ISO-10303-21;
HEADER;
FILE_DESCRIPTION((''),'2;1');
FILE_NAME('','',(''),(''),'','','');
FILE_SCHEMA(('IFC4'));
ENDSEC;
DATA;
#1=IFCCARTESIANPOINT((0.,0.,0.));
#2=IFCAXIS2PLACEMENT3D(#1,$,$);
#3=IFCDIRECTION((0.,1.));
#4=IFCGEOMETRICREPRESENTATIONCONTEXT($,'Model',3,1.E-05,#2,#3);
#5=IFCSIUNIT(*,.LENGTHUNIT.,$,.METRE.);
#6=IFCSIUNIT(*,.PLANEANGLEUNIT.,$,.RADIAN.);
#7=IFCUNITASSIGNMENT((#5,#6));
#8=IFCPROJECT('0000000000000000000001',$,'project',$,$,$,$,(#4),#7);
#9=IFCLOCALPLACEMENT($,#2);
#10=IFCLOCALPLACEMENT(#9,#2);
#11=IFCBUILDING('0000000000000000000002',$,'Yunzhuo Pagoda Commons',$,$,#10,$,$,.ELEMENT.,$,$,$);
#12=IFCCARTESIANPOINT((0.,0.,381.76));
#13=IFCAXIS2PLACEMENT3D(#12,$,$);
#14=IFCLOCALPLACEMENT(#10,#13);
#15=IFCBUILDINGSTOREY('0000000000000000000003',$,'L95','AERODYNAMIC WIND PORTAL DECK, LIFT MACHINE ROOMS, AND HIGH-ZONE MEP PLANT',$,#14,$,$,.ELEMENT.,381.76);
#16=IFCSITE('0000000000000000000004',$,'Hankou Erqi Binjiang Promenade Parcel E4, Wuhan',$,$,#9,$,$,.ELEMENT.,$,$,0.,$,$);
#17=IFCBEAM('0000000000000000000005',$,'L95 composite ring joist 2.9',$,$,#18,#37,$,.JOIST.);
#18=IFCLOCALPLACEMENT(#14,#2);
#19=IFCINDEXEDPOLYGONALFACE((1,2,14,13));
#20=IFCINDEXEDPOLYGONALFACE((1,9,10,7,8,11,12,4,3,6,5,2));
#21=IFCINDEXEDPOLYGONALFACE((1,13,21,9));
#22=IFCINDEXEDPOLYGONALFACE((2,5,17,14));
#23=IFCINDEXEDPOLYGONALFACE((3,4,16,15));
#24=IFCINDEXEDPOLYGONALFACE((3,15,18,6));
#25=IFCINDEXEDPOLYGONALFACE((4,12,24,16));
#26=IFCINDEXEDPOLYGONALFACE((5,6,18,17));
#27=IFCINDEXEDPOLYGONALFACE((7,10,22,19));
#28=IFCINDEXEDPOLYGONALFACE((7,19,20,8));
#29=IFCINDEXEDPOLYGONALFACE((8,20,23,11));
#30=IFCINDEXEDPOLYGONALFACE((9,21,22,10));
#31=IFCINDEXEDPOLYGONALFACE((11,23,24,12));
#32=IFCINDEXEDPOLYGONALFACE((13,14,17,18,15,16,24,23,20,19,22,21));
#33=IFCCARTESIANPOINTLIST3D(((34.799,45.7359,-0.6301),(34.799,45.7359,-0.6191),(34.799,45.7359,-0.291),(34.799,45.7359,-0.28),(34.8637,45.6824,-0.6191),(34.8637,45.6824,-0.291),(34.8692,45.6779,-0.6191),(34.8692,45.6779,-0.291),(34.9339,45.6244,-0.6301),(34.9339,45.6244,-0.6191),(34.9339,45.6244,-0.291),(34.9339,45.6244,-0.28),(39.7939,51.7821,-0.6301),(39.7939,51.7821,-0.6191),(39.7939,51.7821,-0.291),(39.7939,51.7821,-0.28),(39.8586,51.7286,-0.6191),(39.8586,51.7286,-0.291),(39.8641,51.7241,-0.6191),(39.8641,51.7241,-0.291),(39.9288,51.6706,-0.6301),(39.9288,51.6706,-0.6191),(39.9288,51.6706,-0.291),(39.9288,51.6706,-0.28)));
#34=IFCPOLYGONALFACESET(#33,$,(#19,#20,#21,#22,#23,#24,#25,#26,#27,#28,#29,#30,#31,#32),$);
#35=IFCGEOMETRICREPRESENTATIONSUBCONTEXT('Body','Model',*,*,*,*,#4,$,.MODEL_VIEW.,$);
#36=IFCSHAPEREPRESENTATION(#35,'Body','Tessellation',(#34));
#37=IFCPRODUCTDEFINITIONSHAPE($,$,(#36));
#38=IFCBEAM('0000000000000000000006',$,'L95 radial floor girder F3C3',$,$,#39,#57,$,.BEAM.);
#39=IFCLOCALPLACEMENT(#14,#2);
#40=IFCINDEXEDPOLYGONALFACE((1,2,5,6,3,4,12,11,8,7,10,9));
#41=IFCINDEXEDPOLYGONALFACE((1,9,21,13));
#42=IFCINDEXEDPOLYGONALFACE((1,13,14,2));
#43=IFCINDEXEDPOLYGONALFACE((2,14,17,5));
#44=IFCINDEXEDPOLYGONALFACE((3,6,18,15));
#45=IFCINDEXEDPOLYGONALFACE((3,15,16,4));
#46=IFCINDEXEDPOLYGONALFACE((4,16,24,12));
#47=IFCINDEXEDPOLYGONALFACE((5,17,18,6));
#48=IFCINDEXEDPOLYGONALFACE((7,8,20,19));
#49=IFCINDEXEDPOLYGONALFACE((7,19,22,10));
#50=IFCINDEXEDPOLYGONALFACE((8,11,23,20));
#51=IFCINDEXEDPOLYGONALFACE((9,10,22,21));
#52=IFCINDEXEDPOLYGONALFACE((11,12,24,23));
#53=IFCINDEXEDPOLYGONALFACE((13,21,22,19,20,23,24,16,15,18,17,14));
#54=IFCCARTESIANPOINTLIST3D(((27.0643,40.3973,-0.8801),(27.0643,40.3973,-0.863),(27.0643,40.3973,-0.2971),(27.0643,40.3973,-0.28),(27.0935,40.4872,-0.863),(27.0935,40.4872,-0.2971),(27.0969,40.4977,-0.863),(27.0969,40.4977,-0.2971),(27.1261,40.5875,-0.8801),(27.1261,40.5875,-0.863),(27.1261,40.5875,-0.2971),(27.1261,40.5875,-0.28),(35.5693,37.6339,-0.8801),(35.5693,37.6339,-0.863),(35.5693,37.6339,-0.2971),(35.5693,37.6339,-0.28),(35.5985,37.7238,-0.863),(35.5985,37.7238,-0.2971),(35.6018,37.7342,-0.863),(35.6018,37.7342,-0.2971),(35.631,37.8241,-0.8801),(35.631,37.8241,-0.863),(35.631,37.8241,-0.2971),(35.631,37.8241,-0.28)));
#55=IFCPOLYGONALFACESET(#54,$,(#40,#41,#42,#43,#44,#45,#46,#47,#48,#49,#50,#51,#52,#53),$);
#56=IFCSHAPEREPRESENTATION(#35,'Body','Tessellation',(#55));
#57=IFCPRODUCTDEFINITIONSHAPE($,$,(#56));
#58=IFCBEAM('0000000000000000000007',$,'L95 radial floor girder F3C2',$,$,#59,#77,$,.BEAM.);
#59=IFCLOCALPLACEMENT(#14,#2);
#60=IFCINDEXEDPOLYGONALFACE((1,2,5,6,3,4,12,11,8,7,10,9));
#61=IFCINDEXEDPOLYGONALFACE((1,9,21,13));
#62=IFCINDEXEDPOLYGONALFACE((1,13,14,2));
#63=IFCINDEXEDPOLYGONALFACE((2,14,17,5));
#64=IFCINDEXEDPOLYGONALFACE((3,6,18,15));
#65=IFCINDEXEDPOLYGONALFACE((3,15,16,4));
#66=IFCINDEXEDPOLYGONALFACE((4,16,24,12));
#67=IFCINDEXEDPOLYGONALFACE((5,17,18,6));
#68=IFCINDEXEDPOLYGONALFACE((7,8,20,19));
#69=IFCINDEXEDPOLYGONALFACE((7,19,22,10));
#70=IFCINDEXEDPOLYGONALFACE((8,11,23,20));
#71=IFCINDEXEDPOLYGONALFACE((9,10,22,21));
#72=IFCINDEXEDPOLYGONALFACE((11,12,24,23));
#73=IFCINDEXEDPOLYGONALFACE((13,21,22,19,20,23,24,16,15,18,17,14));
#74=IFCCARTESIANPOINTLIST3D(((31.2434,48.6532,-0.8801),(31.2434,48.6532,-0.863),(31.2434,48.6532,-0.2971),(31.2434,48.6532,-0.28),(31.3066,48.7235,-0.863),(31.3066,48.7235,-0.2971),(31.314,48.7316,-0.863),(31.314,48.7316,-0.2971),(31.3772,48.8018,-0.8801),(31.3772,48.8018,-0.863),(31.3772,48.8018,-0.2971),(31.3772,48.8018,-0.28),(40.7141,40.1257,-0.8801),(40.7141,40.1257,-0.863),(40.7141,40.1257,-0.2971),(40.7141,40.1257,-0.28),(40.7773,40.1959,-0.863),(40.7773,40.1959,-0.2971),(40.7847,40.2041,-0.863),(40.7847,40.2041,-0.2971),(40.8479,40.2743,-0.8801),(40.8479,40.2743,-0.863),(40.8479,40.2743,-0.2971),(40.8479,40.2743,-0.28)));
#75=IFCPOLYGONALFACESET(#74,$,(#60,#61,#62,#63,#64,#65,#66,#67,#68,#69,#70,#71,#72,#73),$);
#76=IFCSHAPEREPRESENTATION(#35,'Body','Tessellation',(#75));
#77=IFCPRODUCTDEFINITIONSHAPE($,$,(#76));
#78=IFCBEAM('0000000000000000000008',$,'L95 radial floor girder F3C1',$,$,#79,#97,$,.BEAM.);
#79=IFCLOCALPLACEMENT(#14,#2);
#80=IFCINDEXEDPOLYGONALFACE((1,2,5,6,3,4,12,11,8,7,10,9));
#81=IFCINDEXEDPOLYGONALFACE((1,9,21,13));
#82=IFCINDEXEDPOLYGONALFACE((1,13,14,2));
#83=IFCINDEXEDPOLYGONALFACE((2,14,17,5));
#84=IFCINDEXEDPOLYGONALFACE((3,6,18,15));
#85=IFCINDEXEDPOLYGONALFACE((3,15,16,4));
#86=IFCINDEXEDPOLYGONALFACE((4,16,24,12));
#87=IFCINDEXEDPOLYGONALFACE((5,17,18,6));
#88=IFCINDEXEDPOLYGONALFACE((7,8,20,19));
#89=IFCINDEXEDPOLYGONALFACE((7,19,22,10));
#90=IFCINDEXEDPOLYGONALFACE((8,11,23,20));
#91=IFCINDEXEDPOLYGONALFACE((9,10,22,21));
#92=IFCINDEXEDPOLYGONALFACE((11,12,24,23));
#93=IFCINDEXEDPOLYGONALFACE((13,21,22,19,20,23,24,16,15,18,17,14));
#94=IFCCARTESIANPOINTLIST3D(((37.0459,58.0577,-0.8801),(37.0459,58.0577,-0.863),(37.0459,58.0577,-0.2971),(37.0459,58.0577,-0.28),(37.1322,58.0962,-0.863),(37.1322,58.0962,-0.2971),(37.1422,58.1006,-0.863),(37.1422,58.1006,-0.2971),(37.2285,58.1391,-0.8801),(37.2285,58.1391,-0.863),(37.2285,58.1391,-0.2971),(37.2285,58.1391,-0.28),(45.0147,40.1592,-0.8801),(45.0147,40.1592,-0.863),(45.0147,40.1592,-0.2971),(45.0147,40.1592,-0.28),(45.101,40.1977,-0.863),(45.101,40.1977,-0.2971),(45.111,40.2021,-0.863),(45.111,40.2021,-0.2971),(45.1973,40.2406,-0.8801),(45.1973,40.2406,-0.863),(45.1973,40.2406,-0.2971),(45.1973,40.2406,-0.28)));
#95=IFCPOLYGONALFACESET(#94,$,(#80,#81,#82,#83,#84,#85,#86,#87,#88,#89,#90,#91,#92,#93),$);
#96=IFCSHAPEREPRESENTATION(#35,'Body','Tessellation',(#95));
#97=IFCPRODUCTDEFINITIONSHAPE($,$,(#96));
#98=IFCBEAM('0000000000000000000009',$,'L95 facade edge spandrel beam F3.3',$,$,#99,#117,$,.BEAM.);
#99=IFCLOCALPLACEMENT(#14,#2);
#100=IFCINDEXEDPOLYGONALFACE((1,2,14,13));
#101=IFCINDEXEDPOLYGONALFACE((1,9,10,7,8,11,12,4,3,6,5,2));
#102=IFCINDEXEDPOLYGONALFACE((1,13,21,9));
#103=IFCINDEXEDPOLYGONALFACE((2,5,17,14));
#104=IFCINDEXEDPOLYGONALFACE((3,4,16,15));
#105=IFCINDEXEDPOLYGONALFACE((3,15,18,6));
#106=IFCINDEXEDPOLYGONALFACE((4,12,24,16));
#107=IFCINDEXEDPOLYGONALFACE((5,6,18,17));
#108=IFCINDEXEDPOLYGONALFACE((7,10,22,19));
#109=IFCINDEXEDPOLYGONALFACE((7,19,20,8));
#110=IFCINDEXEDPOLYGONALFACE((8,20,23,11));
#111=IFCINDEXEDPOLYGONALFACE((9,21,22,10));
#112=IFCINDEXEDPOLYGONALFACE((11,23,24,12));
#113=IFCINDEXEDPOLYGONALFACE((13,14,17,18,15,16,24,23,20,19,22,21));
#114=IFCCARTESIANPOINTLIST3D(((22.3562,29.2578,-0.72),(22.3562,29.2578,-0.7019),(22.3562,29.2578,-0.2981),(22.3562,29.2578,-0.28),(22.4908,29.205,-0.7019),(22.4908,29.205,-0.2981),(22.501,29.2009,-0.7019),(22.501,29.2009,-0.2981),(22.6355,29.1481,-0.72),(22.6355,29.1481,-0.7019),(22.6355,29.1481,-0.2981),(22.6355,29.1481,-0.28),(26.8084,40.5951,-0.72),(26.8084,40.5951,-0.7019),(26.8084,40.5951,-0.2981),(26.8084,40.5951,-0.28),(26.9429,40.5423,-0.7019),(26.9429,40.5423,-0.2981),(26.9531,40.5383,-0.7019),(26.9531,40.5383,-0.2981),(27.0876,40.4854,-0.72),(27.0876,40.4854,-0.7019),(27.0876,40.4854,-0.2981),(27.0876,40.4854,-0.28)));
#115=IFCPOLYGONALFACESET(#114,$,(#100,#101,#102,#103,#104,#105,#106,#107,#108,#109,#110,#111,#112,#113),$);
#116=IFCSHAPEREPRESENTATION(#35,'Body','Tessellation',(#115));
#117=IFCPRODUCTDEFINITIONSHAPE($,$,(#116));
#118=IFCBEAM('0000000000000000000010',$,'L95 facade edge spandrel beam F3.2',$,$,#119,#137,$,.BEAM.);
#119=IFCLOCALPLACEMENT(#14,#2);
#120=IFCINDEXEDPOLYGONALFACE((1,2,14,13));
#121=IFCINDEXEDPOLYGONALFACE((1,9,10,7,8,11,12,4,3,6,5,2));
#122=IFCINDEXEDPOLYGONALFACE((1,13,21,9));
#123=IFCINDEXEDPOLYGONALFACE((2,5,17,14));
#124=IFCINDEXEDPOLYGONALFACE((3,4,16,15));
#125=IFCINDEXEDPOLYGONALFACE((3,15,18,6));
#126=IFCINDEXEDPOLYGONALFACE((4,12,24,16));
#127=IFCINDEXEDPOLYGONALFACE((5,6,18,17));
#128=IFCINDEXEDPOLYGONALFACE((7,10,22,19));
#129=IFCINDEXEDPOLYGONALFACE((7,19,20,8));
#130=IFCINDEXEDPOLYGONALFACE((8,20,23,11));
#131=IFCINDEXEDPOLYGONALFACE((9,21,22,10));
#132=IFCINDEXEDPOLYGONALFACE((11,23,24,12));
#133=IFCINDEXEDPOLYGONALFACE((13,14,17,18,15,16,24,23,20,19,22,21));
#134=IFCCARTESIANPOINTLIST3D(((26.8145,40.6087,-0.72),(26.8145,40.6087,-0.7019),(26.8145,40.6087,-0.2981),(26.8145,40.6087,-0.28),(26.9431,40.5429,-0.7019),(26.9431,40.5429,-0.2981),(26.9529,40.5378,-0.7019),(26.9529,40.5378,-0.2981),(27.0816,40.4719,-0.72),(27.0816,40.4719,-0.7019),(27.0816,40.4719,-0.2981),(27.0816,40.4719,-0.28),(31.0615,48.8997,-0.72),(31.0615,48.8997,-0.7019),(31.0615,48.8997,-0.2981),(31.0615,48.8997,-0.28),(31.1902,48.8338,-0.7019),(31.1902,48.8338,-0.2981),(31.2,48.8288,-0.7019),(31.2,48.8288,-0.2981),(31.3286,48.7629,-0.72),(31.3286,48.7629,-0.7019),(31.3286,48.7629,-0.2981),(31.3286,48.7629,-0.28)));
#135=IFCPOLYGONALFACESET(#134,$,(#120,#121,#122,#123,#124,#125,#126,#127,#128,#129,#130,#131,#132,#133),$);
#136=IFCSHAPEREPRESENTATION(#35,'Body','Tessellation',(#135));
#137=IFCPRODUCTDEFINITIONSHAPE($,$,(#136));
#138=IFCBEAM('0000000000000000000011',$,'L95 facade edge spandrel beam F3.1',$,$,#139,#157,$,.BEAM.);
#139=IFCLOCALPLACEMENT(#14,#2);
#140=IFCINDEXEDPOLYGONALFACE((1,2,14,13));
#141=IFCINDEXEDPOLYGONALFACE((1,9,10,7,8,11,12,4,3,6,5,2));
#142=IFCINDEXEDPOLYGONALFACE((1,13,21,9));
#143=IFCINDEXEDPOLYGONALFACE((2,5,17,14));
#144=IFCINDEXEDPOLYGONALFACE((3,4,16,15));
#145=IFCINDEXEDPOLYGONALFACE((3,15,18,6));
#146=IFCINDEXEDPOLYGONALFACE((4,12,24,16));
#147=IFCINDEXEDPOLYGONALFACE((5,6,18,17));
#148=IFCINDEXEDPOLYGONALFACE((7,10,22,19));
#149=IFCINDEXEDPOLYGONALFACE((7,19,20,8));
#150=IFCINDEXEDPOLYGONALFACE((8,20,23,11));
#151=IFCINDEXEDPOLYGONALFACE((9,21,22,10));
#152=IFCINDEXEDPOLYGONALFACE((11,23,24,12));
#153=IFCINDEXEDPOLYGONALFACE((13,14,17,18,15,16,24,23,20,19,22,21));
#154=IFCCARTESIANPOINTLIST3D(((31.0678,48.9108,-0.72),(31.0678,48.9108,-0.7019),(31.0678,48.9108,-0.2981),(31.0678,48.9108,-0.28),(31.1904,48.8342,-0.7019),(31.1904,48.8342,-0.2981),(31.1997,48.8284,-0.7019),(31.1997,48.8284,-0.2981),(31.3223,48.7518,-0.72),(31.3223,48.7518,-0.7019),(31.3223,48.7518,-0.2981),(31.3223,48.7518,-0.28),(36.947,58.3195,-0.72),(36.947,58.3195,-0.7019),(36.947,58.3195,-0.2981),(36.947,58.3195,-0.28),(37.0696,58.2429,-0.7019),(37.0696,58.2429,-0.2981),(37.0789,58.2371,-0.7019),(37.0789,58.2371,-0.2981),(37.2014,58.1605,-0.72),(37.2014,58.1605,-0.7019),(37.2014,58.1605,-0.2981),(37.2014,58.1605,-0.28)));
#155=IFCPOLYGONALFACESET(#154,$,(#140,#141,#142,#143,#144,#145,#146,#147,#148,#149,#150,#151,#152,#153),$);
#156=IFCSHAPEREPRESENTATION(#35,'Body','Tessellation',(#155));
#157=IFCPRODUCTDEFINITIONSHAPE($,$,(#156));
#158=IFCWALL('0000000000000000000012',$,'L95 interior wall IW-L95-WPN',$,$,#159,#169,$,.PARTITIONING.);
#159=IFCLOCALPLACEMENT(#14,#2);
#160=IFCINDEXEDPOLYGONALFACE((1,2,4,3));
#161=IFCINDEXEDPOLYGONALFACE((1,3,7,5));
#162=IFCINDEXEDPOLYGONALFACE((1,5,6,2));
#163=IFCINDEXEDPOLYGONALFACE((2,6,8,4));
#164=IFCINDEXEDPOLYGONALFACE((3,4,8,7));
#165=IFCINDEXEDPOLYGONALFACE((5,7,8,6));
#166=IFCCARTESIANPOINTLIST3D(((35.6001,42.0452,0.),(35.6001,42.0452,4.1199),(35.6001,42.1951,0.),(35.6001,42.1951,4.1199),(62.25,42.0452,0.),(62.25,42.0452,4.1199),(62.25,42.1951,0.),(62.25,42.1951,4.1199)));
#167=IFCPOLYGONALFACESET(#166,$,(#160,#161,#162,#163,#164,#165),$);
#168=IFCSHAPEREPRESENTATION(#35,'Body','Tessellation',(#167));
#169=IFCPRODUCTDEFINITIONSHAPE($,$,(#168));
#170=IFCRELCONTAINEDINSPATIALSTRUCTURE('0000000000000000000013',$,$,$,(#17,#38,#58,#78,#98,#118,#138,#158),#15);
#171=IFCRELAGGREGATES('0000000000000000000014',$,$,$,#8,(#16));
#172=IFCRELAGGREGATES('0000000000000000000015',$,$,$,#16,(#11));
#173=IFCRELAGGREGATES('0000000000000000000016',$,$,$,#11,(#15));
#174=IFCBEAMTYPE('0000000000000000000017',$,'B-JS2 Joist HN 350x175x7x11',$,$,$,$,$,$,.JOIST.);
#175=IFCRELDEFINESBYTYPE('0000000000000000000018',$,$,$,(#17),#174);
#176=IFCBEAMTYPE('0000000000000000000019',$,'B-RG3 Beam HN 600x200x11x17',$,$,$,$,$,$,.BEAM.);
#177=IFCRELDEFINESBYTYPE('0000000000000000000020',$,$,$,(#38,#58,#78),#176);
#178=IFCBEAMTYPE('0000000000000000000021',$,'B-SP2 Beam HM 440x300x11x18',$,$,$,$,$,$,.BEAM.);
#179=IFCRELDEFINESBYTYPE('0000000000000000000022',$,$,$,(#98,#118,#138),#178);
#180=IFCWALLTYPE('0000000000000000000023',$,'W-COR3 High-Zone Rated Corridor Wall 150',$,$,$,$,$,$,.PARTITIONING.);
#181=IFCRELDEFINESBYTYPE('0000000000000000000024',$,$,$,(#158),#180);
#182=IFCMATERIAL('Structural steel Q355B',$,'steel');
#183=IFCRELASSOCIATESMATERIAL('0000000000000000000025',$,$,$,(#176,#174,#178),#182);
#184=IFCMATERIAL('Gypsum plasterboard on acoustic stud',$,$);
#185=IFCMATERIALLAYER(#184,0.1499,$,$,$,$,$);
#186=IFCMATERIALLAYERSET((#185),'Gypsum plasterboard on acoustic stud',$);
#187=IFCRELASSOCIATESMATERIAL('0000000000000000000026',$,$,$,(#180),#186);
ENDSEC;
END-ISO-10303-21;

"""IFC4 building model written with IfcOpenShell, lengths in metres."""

from ifc_helpers import new_model, si_unit, direction, frame, frame_2d, origin, origin_2d, place, context, subcontext, project, spatial, rectangle, i_section, extrude, source, transform, mapped, material, layer, layer_set, material_profile, profile_set, type_object, element, save


model = new_model("IFC4")

# Units and contexts
model_context = context("Model", 3, precision=1e-05, world=origin(), true_north=direction((0.0, 1.0)))
body_context = subcontext(model_context, "Body", "Model", "MODEL_VIEW")
ifc_project = project(units=[si_unit("LENGTHUNIT", "METRE"), si_unit("PLANEANGLEUNIT", "RADIAN")], contexts=[model_context])

# Site, building, storey
site_placement = place(None, origin())
site = spatial("IfcSite", under=ifc_project, at=site_placement, Name="Hankou Erqi Binjiang Promenade Parcel E4, Wuhan", CompositionType="ELEMENT", RefElevation=0.0)
building_placement = place(site_placement, origin())
building = spatial("IfcBuilding", under=site, at=building_placement, Name="Yunzhuo Pagoda Commons", CompositionType="ELEMENT")
storey_placement = place(building_placement, frame((0.0, 0.0, 381.76)))
storey = spatial("IfcBuildingStorey", under=building, at=storey_placement, Name="L95", Description="AERODYNAMIC WIND PORTAL DECK, LIFT MACHINE ROOMS, AND HIGH-ZONE MEP PLANT", CompositionType="ELEMENT", Elevation=381.76)

# Shared definitions
ifc_material_1 = material(Name="Structural steel Q355B", Category="steel")

# Beams
ifc_material_profile_1 = material_profile(ifc_material_1, i_section(OverallWidth=0.2, OverallDepth=0.6001, WebThickness=0.011, FlangeThickness=0.0171, at=origin_2d()), Name="Structural steel Q355B")
ifc_profile_set_1 = profile_set([ifc_material_profile_1], Name="Structural steel Q355B")
beam_type_1 = type_object("IfcBeamType", Name="B-RG3 Beam HN 600x200x11x17", PredefinedType="BEAM", material=ifc_profile_set_1)
ifc_material_profile_2 = material_profile(ifc_material_1, i_section(OverallWidth=0.175, OverallDepth=0.3501, WebThickness=0.0071, FlangeThickness=0.011, at=origin_2d()), Name="Structural steel Q355B")
ifc_profile_set_2 = profile_set([ifc_material_profile_2], Name="Structural steel Q355B")
beam_type_2 = type_object("IfcBeamType", Name="B-JS2 Joist HN 350x175x7x11", PredefinedType="JOIST", material=ifc_profile_set_2)
shared_shape_1 = source(origin(), body_context, "Body", "SweptSolid", [
    extrude(i_section(OverallWidth=0.175, OverallDepth=0.3501, WebThickness=0.0071, FlangeThickness=0.011, at=origin_2d()), origin(), (0.0, 0.0, 1.0), 7.8425),
])
beam_1_placement = place(storey_placement, frame((39.8613, 51.7263, -0.4551), z_axis=(-0.636899, -0.770947, 0.0), x_axis=(0.770947, -0.636899, 0.0)))
element("IfcBeam", 1, at=beam_1_placement, inside=storey, type_object=beam_type_2, Name="L95 composite ring joist 2.9", PredefinedType="JOIST", context=body_context, shape_type="MappedRepresentation", body=[
    mapped(shared_shape_1, transform((0.0, 0.0, 0.0), scale=1.0)),
])
shared_shape_2 = source(origin(), body_context, "Body", "SweptSolid", [
    extrude(i_section(OverallWidth=0.2, OverallDepth=0.6001, WebThickness=0.011, FlangeThickness=0.0171, at=origin_2d()), origin(), (0.0, 0.0, 1.0), 8.9426),
])
beam_2_placement = place(storey_placement, frame((27.0952, 40.4924, -0.5801), z_axis=(0.951056, -0.309019, 0.0), x_axis=(0.309019, 0.951056, 0.0)))
element("IfcBeam", 2, at=beam_2_placement, inside=storey, type_object=beam_type_1, Name="L95 radial floor girder F3C3", PredefinedType="BEAM", context=body_context, shape_type="MappedRepresentation", body=[
    mapped(shared_shape_2, transform((0.0, 0.0, 0.0), scale=1.0)),
])
shared_shape_3 = source(origin(), body_context, "Body", "SweptSolid", [
    extrude(i_section(OverallWidth=0.2, OverallDepth=0.6001, WebThickness=0.011, FlangeThickness=0.0171, at=origin_2d()), origin(), (0.0, 0.0, 1.0), 12.7441),
])
beam_3_placement = place(storey_placement, frame((31.3103, 48.7275, -0.5801), z_axis=(0.74314, -0.669136, 0.0), x_axis=(0.669136, 0.74314, 0.0)))
element("IfcBeam", 3, at=beam_3_placement, inside=storey, type_object=beam_type_1, Name="L95 radial floor girder F3C2", PredefinedType="BEAM", context=body_context, shape_type="MappedRepresentation", body=[
    mapped(shared_shape_3, transform((0.0, 0.0, 0.0), scale=1.0)),
])
shared_shape_4 = source(origin(), body_context, "Body", "SweptSolid", [
    extrude(i_section(OverallWidth=0.2, OverallDepth=0.6001, WebThickness=0.011, FlangeThickness=0.0171, at=origin_2d()), origin(), (0.0, 0.0, 1.0), 19.5923),
])
beam_4_placement = place(storey_placement, frame((37.1372, 58.0984, -0.5801), z_axis=(0.40673, -0.913548, 0.0), x_axis=(0.913548, 0.40673, 0.0)))
element("IfcBeam", 4, at=beam_4_placement, inside=storey, type_object=beam_type_1, Name="L95 radial floor girder F3C1", PredefinedType="BEAM", context=body_context, shape_type="MappedRepresentation", body=[
    mapped(shared_shape_4, transform((0.0, 0.0, 0.0), scale=1.0)),
])
ifc_material_profile_3 = material_profile(ifc_material_1, i_section(OverallWidth=0.3, OverallDepth=0.4399, WebThickness=0.011, FlangeThickness=0.0181, at=origin_2d()), Name="Structural steel Q355B")
ifc_profile_set_3 = profile_set([ifc_material_profile_3], Name="Structural steel Q355B")
beam_type_3 = type_object("IfcBeamType", Name="B-SP2 Beam HM 440x300x11x18", PredefinedType="BEAM", material=ifc_profile_set_3)
shared_shape_5 = source(origin(), body_context, "Body", "SweptSolid", [
    extrude(i_section(OverallWidth=0.3, OverallDepth=0.4399, WebThickness=0.011, FlangeThickness=0.0181, at=origin_2d()), origin(), (0.0, 0.0, 1.0), 12.1802),
])
beam_5_placement = place(storey_placement, frame((26.948, 40.5403, -0.5), z_axis=(-0.365522, -0.930803, 0.0), x_axis=(0.930803, -0.365522, 0.0)))
element("IfcBeam", 5, at=beam_5_placement, inside=storey, type_object=beam_type_3, Name="L95 facade edge spandrel beam F3.3", PredefinedType="BEAM", context=body_context, shape_type="MappedRepresentation", body=[
    mapped(shared_shape_5, transform((0.0, 0.0, 0.0), scale=1.0)),
])
shared_shape_6 = source(origin(), body_context, "Body", "SweptSolid", [
    extrude(i_section(OverallWidth=0.3, OverallDepth=0.4399, WebThickness=0.011, FlangeThickness=0.0181, at=origin_2d()), origin(), (0.0, 0.0, 1.0), 9.3154),
])
beam_6_placement = place(storey_placement, frame((31.1951, 48.8313, -0.5), z_axis=(-0.455914, -0.890024, 0.0), x_axis=(0.890024, -0.455914, 0.0)))
element("IfcBeam", 6, at=beam_6_placement, inside=storey, type_object=beam_type_3, Name="L95 facade edge spandrel beam F3.2", PredefinedType="BEAM", context=body_context, shape_type="MappedRepresentation", body=[
    mapped(shared_shape_6, transform((0.0, 0.0, 0.0), scale=1.0)),
])
shared_shape_7 = source(origin(), body_context, "Body", "SweptSolid", [
    extrude(i_section(OverallWidth=0.3, OverallDepth=0.4399, WebThickness=0.011, FlangeThickness=0.0181, at=origin_2d()), origin(), (0.0, 0.0, 1.0), 11.0945),
])
beam_7_placement = place(storey_placement, frame((37.0742, 58.24, -0.5), z_axis=(-0.529916, -0.84805, 0.0), x_axis=(0.84805, -0.529916, 0.0)))
element("IfcBeam", 7, at=beam_7_placement, inside=storey, type_object=beam_type_3, Name="L95 facade edge spandrel beam F3.1", PredefinedType="BEAM", context=body_context, shape_type="MappedRepresentation", body=[
    mapped(shared_shape_7, transform((0.0, 0.0, 0.0), scale=1.0)),
])

# Wall
ifc_material_2 = material(Name="Gypsum plasterboard on acoustic stud")
ifc_layer_1 = layer(ifc_material_2, 0.1499)
ifc_layer_set_1 = layer_set([ifc_layer_1], Name="Gypsum plasterboard on acoustic stud")
wall_type = type_object("IfcWallType", Name="W-COR3 High-Zone Rated Corridor Wall 150", PredefinedType="PARTITIONING", material=ifc_layer_set_1)
wall_placement = place(storey_placement, frame((35.6001, 42.1201, 0.0), z_axis=(0.0, 0.0, 1.0), x_axis=(1.0, 0.0, 0.0)))
element("IfcWall", 8, at=wall_placement, inside=storey, type_object=wall_type, Name="L95 interior wall IW-L95-WPN", PredefinedType="PARTITIONING", context=body_context, shape_type="SweptSolid", body=[
    extrude(rectangle(XDim=26.6499, YDim=0.1499, at=frame_2d((13.325, 0.0))), origin(), (0.0, 0.0, 1.0), 4.1199),
])

save(model, "model.ifc")
